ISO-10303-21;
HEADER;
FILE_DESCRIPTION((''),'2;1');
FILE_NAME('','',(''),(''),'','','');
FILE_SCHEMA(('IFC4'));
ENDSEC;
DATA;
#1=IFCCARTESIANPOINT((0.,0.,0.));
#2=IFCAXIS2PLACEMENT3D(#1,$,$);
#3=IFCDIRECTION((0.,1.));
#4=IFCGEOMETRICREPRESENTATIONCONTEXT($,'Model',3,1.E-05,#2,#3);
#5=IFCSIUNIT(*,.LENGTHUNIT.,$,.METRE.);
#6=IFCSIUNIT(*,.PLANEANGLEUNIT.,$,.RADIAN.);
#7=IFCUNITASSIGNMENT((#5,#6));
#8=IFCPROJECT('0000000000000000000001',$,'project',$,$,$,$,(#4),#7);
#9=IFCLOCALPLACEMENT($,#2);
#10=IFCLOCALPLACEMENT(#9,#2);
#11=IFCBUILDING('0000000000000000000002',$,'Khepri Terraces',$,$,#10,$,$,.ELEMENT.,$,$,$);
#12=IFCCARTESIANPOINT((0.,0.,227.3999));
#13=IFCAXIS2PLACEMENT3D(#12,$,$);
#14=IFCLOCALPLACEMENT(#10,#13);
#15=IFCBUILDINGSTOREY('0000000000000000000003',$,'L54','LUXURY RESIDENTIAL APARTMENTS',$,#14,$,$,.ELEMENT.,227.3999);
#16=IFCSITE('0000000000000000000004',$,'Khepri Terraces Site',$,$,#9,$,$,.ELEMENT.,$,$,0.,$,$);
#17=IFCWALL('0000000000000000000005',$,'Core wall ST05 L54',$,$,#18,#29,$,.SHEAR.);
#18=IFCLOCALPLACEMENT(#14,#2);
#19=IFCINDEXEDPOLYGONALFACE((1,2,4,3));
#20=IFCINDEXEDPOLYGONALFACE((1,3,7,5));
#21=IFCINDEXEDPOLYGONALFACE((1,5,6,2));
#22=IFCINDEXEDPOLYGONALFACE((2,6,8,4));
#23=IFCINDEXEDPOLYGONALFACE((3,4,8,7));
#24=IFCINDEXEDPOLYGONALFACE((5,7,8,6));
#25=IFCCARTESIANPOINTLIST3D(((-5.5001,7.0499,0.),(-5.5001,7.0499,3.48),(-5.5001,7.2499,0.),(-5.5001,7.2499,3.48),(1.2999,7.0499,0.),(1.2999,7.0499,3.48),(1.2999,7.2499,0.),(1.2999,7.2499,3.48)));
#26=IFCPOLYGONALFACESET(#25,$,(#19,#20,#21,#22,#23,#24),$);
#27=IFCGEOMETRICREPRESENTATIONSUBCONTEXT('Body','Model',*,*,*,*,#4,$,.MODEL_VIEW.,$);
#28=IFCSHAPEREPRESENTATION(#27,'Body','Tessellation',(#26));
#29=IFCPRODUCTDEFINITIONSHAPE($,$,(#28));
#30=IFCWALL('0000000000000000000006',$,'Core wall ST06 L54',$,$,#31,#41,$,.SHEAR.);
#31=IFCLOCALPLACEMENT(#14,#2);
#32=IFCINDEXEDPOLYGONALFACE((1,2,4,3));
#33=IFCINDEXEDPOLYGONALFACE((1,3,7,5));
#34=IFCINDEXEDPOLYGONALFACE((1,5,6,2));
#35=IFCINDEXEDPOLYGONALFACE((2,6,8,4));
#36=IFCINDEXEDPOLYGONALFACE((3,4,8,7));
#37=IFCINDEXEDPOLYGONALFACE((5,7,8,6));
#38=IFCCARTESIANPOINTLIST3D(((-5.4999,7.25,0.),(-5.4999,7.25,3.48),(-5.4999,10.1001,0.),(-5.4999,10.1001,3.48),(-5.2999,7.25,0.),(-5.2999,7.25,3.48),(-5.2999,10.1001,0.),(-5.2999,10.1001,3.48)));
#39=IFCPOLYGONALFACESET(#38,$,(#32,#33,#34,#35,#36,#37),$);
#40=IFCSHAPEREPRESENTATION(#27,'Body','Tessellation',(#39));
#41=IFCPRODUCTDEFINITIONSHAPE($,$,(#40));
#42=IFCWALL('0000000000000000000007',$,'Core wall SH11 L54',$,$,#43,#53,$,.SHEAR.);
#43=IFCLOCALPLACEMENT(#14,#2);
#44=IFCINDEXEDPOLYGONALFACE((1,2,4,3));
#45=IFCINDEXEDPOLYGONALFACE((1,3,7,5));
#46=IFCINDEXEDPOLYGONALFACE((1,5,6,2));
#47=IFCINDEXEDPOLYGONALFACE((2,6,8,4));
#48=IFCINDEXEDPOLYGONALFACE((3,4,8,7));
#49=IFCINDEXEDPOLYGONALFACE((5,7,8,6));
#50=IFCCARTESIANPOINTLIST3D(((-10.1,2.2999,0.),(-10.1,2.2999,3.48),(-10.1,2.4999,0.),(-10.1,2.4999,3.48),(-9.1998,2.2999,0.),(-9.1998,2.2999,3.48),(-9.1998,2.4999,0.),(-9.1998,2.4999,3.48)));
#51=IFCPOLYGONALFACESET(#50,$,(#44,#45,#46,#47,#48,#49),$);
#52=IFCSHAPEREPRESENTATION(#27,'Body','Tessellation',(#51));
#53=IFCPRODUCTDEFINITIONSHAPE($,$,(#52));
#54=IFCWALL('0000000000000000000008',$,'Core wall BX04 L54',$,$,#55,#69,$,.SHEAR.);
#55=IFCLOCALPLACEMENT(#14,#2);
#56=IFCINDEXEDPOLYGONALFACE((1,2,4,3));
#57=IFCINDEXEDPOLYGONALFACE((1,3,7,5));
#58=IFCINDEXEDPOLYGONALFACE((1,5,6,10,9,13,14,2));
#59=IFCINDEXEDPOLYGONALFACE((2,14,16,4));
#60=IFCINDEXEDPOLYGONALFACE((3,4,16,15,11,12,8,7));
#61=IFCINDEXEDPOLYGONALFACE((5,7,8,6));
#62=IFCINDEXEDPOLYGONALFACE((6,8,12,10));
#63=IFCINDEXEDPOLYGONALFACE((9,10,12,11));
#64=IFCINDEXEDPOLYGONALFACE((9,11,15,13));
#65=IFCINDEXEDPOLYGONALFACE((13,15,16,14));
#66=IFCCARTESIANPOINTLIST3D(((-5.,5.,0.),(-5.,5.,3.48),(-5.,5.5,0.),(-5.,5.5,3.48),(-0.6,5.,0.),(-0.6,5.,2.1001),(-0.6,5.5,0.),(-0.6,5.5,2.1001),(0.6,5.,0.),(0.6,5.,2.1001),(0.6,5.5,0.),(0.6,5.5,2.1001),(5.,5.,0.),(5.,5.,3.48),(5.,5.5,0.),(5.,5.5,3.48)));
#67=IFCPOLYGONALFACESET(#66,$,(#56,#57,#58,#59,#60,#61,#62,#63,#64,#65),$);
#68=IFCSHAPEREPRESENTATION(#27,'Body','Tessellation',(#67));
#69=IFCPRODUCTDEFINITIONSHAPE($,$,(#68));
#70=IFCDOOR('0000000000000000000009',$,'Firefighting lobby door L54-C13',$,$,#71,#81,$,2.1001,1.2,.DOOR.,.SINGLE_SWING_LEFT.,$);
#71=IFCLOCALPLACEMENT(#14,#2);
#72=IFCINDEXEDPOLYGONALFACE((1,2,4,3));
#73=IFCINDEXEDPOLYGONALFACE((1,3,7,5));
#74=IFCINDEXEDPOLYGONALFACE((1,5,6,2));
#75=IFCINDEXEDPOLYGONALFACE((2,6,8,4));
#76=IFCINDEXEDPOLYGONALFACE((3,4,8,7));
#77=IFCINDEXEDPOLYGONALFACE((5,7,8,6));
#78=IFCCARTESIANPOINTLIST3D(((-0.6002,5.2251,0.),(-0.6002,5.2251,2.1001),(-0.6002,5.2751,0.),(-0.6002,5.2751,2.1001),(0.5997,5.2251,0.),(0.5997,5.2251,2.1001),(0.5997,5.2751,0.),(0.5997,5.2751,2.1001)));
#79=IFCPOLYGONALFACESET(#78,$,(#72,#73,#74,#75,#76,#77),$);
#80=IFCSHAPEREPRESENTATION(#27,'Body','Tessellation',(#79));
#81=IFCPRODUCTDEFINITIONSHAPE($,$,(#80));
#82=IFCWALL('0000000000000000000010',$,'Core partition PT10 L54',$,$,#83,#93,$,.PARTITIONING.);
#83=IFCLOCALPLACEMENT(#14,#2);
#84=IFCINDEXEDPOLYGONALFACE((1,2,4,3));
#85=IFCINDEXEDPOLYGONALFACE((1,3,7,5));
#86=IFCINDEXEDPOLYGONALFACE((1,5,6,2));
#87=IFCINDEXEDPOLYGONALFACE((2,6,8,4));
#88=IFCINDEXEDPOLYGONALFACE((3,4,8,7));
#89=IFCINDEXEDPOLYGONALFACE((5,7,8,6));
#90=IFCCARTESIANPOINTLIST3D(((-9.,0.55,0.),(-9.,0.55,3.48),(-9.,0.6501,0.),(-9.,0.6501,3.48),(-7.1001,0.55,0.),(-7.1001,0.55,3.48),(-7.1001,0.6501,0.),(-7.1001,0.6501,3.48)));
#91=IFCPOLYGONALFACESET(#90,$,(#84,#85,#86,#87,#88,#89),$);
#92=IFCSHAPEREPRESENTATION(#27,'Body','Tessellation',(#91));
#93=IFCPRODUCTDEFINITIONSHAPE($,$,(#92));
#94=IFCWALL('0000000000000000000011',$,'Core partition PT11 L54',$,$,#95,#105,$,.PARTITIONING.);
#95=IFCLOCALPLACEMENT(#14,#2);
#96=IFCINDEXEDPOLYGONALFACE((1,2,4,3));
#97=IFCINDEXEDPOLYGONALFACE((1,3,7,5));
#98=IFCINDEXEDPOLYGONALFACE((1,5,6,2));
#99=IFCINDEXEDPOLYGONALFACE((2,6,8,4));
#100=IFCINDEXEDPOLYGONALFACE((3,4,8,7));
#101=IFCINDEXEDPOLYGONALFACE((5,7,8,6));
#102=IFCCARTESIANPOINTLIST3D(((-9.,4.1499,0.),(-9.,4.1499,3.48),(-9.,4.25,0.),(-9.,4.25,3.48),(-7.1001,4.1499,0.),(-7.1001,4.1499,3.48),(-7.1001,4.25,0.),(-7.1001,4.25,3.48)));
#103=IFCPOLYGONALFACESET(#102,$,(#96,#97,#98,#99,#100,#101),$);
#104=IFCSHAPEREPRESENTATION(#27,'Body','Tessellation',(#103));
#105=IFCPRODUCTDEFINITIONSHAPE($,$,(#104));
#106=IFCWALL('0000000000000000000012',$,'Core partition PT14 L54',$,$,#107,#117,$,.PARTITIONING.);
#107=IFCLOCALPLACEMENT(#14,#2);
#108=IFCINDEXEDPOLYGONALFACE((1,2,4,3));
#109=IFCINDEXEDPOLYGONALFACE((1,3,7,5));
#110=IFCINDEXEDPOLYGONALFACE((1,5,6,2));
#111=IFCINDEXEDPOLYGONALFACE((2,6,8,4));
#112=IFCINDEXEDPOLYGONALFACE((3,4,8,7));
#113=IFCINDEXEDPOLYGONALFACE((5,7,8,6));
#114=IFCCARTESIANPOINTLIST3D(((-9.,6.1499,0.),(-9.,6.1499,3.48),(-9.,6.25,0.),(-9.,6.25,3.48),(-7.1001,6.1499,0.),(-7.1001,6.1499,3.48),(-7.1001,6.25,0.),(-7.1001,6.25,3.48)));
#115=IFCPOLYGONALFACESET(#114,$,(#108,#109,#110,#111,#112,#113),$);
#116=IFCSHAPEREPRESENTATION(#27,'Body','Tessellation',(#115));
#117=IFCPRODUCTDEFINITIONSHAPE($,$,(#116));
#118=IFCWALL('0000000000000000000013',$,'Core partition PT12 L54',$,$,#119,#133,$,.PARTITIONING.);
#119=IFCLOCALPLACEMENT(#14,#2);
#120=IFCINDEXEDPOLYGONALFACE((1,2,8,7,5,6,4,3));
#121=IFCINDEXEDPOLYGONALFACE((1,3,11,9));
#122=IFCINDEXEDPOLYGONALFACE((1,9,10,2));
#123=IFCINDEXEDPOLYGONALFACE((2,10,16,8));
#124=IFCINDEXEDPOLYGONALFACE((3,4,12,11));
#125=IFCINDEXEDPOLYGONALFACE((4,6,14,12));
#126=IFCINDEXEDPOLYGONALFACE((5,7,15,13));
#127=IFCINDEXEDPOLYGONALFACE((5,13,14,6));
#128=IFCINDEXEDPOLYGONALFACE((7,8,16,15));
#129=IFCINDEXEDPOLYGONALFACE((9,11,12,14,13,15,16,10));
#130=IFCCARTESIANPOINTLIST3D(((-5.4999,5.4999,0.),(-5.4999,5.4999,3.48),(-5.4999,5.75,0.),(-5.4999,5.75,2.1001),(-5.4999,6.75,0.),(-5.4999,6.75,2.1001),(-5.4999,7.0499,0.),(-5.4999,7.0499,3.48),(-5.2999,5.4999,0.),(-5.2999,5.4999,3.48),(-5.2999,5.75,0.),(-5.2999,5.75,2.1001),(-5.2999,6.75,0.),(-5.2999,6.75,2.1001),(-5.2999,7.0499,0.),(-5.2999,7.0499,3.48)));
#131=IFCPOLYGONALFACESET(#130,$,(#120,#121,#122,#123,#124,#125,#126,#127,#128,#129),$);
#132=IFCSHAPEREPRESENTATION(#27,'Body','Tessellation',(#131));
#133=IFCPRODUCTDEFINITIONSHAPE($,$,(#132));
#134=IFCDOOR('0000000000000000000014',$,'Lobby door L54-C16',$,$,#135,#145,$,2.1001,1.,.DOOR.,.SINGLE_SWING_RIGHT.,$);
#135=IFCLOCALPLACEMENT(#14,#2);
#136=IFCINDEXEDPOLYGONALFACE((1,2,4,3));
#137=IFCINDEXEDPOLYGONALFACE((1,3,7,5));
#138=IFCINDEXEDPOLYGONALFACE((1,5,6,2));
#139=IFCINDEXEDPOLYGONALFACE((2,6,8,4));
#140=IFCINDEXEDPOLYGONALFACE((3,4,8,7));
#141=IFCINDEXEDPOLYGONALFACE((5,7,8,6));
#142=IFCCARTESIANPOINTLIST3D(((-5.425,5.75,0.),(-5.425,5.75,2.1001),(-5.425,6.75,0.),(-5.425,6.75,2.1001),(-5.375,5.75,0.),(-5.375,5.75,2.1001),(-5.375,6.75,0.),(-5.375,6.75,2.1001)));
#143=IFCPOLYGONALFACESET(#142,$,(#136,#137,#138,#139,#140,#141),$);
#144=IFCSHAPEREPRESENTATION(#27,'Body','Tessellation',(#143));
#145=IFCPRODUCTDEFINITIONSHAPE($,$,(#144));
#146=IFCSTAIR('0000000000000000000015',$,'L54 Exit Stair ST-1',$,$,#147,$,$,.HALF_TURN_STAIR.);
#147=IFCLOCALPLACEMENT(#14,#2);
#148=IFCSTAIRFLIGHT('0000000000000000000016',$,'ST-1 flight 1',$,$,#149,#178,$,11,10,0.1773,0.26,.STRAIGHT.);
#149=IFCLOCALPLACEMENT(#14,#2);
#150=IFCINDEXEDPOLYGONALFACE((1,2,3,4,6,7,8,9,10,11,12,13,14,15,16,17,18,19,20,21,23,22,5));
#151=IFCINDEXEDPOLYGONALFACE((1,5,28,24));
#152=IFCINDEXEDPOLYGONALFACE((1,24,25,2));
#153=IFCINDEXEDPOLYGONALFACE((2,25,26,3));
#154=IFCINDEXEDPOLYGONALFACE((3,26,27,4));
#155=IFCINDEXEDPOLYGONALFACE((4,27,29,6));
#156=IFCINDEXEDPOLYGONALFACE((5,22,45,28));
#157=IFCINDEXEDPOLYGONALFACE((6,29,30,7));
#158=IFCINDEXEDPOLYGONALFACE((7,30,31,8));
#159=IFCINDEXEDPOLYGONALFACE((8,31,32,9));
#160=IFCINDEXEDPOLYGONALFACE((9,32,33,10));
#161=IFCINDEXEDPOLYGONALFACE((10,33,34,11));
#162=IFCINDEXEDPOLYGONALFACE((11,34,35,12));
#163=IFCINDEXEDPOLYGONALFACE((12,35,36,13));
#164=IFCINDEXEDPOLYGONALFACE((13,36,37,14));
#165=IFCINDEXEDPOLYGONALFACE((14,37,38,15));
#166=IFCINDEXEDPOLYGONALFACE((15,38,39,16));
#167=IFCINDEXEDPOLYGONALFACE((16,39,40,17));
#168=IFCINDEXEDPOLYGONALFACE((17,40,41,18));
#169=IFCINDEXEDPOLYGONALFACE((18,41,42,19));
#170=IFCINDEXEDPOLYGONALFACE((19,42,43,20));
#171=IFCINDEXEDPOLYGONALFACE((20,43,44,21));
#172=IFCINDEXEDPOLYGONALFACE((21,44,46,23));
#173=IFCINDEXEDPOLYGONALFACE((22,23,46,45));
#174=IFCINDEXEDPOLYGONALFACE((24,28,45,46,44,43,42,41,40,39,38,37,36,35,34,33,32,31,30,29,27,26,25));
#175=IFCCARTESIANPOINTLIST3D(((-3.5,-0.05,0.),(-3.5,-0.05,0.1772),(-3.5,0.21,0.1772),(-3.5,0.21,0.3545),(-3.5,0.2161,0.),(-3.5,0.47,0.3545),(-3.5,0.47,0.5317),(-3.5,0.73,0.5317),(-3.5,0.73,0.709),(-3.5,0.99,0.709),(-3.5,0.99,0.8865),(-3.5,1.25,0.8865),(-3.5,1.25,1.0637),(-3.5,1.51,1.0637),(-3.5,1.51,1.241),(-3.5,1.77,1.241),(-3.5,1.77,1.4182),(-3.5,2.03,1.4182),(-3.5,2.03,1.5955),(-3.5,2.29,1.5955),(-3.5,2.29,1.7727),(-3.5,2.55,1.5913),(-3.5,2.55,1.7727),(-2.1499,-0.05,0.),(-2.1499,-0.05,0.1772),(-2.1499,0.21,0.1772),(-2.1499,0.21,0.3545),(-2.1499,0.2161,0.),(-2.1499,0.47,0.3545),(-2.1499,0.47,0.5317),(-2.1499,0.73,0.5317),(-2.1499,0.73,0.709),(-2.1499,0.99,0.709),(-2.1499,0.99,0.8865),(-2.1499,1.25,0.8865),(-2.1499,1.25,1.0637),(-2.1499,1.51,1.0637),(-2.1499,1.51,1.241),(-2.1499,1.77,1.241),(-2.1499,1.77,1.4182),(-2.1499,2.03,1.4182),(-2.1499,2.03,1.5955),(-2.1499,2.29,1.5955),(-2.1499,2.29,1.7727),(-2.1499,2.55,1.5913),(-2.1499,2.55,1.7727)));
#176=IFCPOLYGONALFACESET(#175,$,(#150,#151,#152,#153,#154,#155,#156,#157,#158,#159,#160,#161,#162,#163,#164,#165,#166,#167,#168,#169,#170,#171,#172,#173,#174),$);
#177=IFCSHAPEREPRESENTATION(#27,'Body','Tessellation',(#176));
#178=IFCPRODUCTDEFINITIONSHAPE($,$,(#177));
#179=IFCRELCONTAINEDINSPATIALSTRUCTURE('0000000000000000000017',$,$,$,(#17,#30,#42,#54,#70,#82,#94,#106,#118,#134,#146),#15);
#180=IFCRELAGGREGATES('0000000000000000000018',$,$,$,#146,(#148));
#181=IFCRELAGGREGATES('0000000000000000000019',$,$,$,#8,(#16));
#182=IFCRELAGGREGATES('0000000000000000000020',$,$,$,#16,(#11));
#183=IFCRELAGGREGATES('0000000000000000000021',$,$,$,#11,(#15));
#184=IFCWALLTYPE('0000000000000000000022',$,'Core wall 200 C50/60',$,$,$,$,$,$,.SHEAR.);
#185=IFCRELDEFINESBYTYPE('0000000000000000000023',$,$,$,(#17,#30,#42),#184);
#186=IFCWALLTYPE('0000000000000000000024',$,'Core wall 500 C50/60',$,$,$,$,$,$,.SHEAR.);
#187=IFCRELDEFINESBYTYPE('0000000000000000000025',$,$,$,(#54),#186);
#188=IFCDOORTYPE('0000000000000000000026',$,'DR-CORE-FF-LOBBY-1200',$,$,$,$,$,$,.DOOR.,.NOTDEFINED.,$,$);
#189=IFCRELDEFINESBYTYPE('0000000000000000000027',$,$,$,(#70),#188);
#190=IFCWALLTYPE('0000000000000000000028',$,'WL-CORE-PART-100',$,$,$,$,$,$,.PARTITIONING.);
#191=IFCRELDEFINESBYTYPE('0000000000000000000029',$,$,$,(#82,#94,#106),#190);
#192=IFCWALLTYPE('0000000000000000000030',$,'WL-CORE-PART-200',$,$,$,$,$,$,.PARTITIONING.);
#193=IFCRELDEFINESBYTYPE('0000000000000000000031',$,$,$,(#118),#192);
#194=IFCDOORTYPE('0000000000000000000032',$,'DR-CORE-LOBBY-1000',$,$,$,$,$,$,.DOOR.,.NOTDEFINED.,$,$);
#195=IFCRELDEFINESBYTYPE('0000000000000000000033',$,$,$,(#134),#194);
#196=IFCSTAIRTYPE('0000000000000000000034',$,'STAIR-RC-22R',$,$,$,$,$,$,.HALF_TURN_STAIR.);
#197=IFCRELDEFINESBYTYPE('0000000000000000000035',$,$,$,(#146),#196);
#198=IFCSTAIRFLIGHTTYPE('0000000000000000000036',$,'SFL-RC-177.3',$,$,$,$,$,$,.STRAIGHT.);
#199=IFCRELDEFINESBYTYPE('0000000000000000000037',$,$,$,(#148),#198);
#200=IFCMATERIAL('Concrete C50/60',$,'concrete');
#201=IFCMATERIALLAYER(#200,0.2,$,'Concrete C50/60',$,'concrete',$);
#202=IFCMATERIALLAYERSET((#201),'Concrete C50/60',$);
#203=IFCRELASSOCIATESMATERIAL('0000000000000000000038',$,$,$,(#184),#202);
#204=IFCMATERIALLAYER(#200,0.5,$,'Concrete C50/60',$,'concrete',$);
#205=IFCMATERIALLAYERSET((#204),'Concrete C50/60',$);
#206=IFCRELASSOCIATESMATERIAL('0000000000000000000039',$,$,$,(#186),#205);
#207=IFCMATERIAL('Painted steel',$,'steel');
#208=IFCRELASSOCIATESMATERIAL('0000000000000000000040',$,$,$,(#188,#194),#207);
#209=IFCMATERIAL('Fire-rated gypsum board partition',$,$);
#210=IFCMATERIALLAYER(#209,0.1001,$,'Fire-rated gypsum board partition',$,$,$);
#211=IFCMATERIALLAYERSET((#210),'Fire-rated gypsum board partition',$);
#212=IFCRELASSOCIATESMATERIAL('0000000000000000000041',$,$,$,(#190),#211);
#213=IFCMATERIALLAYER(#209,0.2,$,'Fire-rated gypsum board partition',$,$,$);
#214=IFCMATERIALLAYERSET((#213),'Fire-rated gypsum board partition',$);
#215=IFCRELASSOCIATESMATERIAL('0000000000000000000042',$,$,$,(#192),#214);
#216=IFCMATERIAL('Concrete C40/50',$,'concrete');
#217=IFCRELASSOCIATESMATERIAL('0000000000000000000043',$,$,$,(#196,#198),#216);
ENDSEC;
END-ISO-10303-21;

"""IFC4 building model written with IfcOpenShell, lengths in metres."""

from ifc_helpers import new_model, si_unit, direction, frame, frame_2d, origin, place, context, subcontext, project, spatial, polyline, rectangle, outline, extrude, material, layer, layer_set, type_object, element, fill, aggregate, save


model = new_model("IFC4")

# Units and contexts
model_context = context("Model", 3, precision=1e-05, world=origin(), true_north=direction((0.0, 1.0)))
body_context = subcontext(model_context, "Body", "Model", "MODEL_VIEW")
ifc_project = project(units=[si_unit("LENGTHUNIT", "METRE"), si_unit("PLANEANGLEUNIT", "RADIAN")], contexts=[model_context])

# Site, building, storey
site_placement = place(None, origin())
site = spatial("IfcSite", under=ifc_project, at=site_placement, Name="Khepri Terraces Site", CompositionType="ELEMENT", RefElevation=0.0)
building_placement = place(site_placement, origin())
building = spatial("IfcBuilding", under=site, at=building_placement, Name="Khepri Terraces", CompositionType="ELEMENT")
storey_placement = place(building_placement, frame((0.0, 0.0, 227.3999)))
storey = spatial("IfcBuildingStorey", under=building, at=storey_placement, Name="L54", Description="LUXURY RESIDENTIAL APARTMENTS", CompositionType="ELEMENT", Elevation=227.3999)

# Walls
ifc_material_1 = material(Name="Concrete C50/60", Category="concrete")
ifc_layer_1 = layer(ifc_material_1, 0.2, Name="Concrete C50/60", Category="concrete")
ifc_layer_set_1 = layer_set([ifc_layer_1], Name="Concrete C50/60")
wall_type_1 = type_object("IfcWallType", Name="Core wall 200 C50/60", PredefinedType="SHEAR", material=ifc_layer_set_1)
wall_1_placement = place(storey_placement, frame((-5.5, 7.1499, 0.0), z_axis=(0.0, 0.0, 1.0), x_axis=(1.0, 0.0, 0.0)))
element("IfcWall", 1, at=wall_1_placement, inside=storey, type_object=wall_type_1, Name="Core wall ST05 L54", PredefinedType="SHEAR", context=body_context, shape_type="SweptSolid", body=[
    extrude(rectangle(XDim=6.8, YDim=0.2, at=frame_2d((3.3999, 0.0))), origin(), (0.0, 0.0, 1.0), 3.48),
])
wall_2_placement = place(storey_placement, frame((-5.3999, 7.25, 0.0), z_axis=(0.0, 0.0, 1.0), x_axis=(0.0, 1.0, 0.0)))
element("IfcWall", 2, at=wall_2_placement, inside=storey, type_object=wall_type_1, Name="Core wall ST06 L54", PredefinedType="SHEAR", context=body_context, shape_type="SweptSolid", body=[
    extrude(rectangle(XDim=2.8501, YDim=0.2, at=frame_2d((1.425, 0.0))), origin(), (0.0, 0.0, 1.0), 3.48),
])
wall_3_placement = place(storey_placement, frame((-10.1001, 2.3999, 0.0), z_axis=(0.0, 0.0, 1.0), x_axis=(1.0, 0.0, 0.0)))
element("IfcWall", 3, at=wall_3_placement, inside=storey, type_object=wall_type_1, Name="Core wall SH11 L54", PredefinedType="SHEAR", context=body_context, shape_type="SweptSolid", body=[
    extrude(rectangle(XDim=0.9001, YDim=0.2, at=frame_2d((0.4502, 0.0))), origin(), (0.0, 0.0, 1.0), 3.48),
])

# Wall, opening, door
ifc_layer_2 = layer(ifc_material_1, 0.5, Name="Concrete C50/60", Category="concrete")
ifc_layer_set_2 = layer_set([ifc_layer_2], Name="Concrete C50/60")
wall_type_2 = type_object("IfcWallType", Name="Core wall 500 C50/60", PredefinedType="SHEAR", material=ifc_layer_set_2)
wall_4_placement = place(storey_placement, frame((-5.0, 5.25, 0.0), z_axis=(0.0, 0.0, 1.0), x_axis=(1.0, 0.0, 0.0)))
wall_4 = element("IfcWall", 4, at=wall_4_placement, inside=storey, type_object=wall_type_2, Name="Core wall BX04 L54", PredefinedType="SHEAR", context=body_context, shape_type="SweptSolid", body=[
    extrude(rectangle(XDim=10.0, YDim=0.5, at=frame_2d((5.0, 0.0))), origin(), (0.0, 0.0, 1.0), 3.48),
])
opening_1_placement = place(wall_4_placement, frame((4.3999, 0.0, 0.0)))
opening_1 = element("IfcOpeningElement", 5, at=opening_1_placement, cuts=wall_4, PredefinedType="OPENING", context=body_context, shape_type="SweptSolid", body=[
    extrude(rectangle(XDim=1.2, YDim=2.1001, at=frame_2d((0.6001, 1.05))), frame((0.0, 0.26, 0.0), z_axis=(0.0, -1.0, 0.0), x_axis=(1.0, 0.0, 0.0)), (0.0, 0.0, 1.0), 0.52),
])
ifc_material_2 = material(Name="Painted steel", Category="steel")
door_type_1 = type_object("IfcDoorType", Name="DR-CORE-FF-LOBBY-1200", OperationType="NOTDEFINED", PredefinedType="DOOR", material=ifc_material_2)
door_1_placement = place(opening_1_placement, frame((1.2, 0.0, 0.0), z_axis=(0.0, 0.0, 1.0), x_axis=(-1.0, 0.0, 0.0)))
door_1 = element("IfcDoor", 6, at=door_1_placement, inside=storey, type_object=door_type_1, Name="Firefighting lobby door L54-C13", OperationType="SINGLE_SWING_LEFT", OverallHeight=2.1001, OverallWidth=1.2, PredefinedType="DOOR", context=body_context, shape_type="SweptSolid", body=[
    extrude(rectangle(XDim=1.2, YDim=2.1001, at=frame_2d((0.6001, 1.05))), frame((0.0, 0.0249, 0.0), z_axis=(0.0, -1.0, 0.0), x_axis=(1.0, 0.0, 0.0)), (0.0, 0.0, 1.0), 0.05),
])
fill(opening_1, door_1)

# Walls
ifc_material_3 = material(Name="Fire-rated gypsum board partition")
ifc_layer_3 = layer(ifc_material_3, 0.1001, Name="Fire-rated gypsum board partition")
ifc_layer_set_3 = layer_set([ifc_layer_3], Name="Fire-rated gypsum board partition")
wall_type_3 = type_object("IfcWallType", Name="WL-CORE-PART-100", PredefinedType="PARTITIONING", material=ifc_layer_set_3)
for number, where, z_axis, x_axis, name in (
    (7, (-9.0, 0.6001, 0.0), (0.0, 0.0, 1.0), (1.0, 0.0, 0.0), "Core partition PT10 L54"),
    (8, (-9.0, 4.2, 0.0), (0.0, 0.0, 1.0), (1.0, 0.0, 0.0), "Core partition PT11 L54"),
    (9, (-9.0, 6.2, 0.0), (0.0, 0.0, 1.0), (1.0, 0.0, 0.0), "Core partition PT14 L54"),
):
    element("IfcWall", number, at=place(storey_placement, frame(where, z_axis=z_axis, x_axis=x_axis)), inside=storey, type_object=wall_type_3, Name=name, PredefinedType="PARTITIONING", context=body_context, shape_type="SweptSolid", body=[
        extrude(rectangle(XDim=1.8999, YDim=0.1001, at=frame_2d((0.95, 0.0))), origin(), (0.0, 0.0, 1.0), 3.48),
    ])

# Wall, opening, door
ifc_layer_4 = layer(ifc_material_3, 0.2, Name="Fire-rated gypsum board partition")
ifc_layer_set_4 = layer_set([ifc_layer_4], Name="Fire-rated gypsum board partition")
wall_type_4 = type_object("IfcWallType", Name="WL-CORE-PART-200", PredefinedType="PARTITIONING", material=ifc_layer_set_4)
wall_5_placement = place(storey_placement, frame((-5.3999, 5.5, 0.0), z_axis=(0.0, 0.0, 1.0), x_axis=(0.0, 1.0, 0.0)))
wall_5 = element("IfcWall", 10, at=wall_5_placement, inside=storey, type_object=wall_type_4, Name="Core partition PT12 L54", PredefinedType="PARTITIONING", context=body_context, shape_type="SweptSolid", body=[
    extrude(rectangle(XDim=1.55, YDim=0.2, at=frame_2d((0.7749, 0.0))), origin(), (0.0, 0.0, 1.0), 3.48),
])
opening_2_placement = place(wall_5_placement, frame((0.25, 0.0, 0.0)))
opening_2 = element("IfcOpeningElement", 11, at=opening_2_placement, cuts=wall_5, PredefinedType="OPENING", context=body_context, shape_type="SweptSolid", body=[
    extrude(rectangle(XDim=1.0, YDim=2.1001, at=frame_2d((0.5, 1.05))), frame((0.0, 0.1099, 0.0), z_axis=(0.0, -1.0, 0.0), x_axis=(1.0, 0.0, 0.0)), (0.0, 0.0, 1.0), 0.22),
])
door_type_2 = type_object("IfcDoorType", Name="DR-CORE-LOBBY-1000", OperationType="NOTDEFINED", PredefinedType="DOOR", material=ifc_material_2)
door_2_placement = place(opening_2_placement, frame((1.0, 0.0, 0.0), z_axis=(0.0, 0.0, 1.0), x_axis=(-1.0, 0.0, 0.0)))
door_2 = element("IfcDoor", 12, at=door_2_placement, inside=storey, type_object=door_type_2, Name="Lobby door L54-C16", OperationType="SINGLE_SWING_RIGHT", OverallHeight=2.1001, OverallWidth=1.0, PredefinedType="DOOR", context=body_context, shape_type="SweptSolid", body=[
    extrude(rectangle(XDim=1.0, YDim=2.1001, at=frame_2d((0.5, 1.05))), frame((0.0, 0.0249, 0.0), z_axis=(0.0, -1.0, 0.0), x_axis=(1.0, 0.0, 0.0)), (0.0, 0.0, 1.0), 0.05),
])
fill(opening_2, door_2)

# Stair, stair flight
ifc_material_4 = material(Name="Concrete C40/50", Category="concrete")
stair_type = type_object("IfcStairType", Name="STAIR-RC-22R", PredefinedType="HALF_TURN_STAIR", material=ifc_material_4)
stair_placement = place(storey_placement, origin())
stair = element("IfcStair", 13, at=stair_placement, inside=storey, type_object=stair_type, Name="L54 Exit Stair ST-1", PredefinedType="HALF_TURN_STAIR")
stair_flight_type = type_object("IfcStairFlightType", Name="SFL-RC-177.3", PredefinedType="STRAIGHT", material=ifc_material_4)
stair_flight_1_placement = place(storey_placement, frame((-2.825, -0.05, 0.0), z_axis=(0.0, 0.0, 1.0), x_axis=(0.0, 1.0, 0.0)))
stair_flight_1 = element("IfcStairFlight", 14, at=stair_flight_1_placement, type_object=stair_flight_type, Name="ST-1 flight 1", NumberOfRisers=11, NumberOfTreads=10, PredefinedType="STRAIGHT", RiserHeight=0.1773, TreadLength=0.26, context=body_context, shape_type="SweptSolid", body=[
    extrude(outline(polyline([(0.0, 0.0), (0.0, 0.1772), (0.26, 0.1772), (0.26, 0.3545), (0.52, 0.3545), (0.52, 0.5317), (0.78, 0.5317), (0.78, 0.709), (1.04, 0.709), (1.04, 0.8865), (1.3, 0.8865), (1.3, 1.0637), (1.5601, 1.0637), (1.5601, 1.241), (1.8201, 1.241), (1.8201, 1.4182), (2.0801, 1.4182), (2.0801, 1.5955), (2.3401, 1.5955), (2.3401, 1.7727), (2.6001, 1.7727), (2.6001, 1.95), (2.6001, 1.5913), (0.2661, 0.0), (0.0, 0.0)])), frame((0.0, 0.675, 0.0), z_axis=(0.0, -1.0, 0.0), x_axis=(1.0, 0.0, 0.0)), (0.0, 0.0, 1.0), 1.3501),
])
aggregate(stair, [stair_flight_1])

save(model, "model.ifc")
